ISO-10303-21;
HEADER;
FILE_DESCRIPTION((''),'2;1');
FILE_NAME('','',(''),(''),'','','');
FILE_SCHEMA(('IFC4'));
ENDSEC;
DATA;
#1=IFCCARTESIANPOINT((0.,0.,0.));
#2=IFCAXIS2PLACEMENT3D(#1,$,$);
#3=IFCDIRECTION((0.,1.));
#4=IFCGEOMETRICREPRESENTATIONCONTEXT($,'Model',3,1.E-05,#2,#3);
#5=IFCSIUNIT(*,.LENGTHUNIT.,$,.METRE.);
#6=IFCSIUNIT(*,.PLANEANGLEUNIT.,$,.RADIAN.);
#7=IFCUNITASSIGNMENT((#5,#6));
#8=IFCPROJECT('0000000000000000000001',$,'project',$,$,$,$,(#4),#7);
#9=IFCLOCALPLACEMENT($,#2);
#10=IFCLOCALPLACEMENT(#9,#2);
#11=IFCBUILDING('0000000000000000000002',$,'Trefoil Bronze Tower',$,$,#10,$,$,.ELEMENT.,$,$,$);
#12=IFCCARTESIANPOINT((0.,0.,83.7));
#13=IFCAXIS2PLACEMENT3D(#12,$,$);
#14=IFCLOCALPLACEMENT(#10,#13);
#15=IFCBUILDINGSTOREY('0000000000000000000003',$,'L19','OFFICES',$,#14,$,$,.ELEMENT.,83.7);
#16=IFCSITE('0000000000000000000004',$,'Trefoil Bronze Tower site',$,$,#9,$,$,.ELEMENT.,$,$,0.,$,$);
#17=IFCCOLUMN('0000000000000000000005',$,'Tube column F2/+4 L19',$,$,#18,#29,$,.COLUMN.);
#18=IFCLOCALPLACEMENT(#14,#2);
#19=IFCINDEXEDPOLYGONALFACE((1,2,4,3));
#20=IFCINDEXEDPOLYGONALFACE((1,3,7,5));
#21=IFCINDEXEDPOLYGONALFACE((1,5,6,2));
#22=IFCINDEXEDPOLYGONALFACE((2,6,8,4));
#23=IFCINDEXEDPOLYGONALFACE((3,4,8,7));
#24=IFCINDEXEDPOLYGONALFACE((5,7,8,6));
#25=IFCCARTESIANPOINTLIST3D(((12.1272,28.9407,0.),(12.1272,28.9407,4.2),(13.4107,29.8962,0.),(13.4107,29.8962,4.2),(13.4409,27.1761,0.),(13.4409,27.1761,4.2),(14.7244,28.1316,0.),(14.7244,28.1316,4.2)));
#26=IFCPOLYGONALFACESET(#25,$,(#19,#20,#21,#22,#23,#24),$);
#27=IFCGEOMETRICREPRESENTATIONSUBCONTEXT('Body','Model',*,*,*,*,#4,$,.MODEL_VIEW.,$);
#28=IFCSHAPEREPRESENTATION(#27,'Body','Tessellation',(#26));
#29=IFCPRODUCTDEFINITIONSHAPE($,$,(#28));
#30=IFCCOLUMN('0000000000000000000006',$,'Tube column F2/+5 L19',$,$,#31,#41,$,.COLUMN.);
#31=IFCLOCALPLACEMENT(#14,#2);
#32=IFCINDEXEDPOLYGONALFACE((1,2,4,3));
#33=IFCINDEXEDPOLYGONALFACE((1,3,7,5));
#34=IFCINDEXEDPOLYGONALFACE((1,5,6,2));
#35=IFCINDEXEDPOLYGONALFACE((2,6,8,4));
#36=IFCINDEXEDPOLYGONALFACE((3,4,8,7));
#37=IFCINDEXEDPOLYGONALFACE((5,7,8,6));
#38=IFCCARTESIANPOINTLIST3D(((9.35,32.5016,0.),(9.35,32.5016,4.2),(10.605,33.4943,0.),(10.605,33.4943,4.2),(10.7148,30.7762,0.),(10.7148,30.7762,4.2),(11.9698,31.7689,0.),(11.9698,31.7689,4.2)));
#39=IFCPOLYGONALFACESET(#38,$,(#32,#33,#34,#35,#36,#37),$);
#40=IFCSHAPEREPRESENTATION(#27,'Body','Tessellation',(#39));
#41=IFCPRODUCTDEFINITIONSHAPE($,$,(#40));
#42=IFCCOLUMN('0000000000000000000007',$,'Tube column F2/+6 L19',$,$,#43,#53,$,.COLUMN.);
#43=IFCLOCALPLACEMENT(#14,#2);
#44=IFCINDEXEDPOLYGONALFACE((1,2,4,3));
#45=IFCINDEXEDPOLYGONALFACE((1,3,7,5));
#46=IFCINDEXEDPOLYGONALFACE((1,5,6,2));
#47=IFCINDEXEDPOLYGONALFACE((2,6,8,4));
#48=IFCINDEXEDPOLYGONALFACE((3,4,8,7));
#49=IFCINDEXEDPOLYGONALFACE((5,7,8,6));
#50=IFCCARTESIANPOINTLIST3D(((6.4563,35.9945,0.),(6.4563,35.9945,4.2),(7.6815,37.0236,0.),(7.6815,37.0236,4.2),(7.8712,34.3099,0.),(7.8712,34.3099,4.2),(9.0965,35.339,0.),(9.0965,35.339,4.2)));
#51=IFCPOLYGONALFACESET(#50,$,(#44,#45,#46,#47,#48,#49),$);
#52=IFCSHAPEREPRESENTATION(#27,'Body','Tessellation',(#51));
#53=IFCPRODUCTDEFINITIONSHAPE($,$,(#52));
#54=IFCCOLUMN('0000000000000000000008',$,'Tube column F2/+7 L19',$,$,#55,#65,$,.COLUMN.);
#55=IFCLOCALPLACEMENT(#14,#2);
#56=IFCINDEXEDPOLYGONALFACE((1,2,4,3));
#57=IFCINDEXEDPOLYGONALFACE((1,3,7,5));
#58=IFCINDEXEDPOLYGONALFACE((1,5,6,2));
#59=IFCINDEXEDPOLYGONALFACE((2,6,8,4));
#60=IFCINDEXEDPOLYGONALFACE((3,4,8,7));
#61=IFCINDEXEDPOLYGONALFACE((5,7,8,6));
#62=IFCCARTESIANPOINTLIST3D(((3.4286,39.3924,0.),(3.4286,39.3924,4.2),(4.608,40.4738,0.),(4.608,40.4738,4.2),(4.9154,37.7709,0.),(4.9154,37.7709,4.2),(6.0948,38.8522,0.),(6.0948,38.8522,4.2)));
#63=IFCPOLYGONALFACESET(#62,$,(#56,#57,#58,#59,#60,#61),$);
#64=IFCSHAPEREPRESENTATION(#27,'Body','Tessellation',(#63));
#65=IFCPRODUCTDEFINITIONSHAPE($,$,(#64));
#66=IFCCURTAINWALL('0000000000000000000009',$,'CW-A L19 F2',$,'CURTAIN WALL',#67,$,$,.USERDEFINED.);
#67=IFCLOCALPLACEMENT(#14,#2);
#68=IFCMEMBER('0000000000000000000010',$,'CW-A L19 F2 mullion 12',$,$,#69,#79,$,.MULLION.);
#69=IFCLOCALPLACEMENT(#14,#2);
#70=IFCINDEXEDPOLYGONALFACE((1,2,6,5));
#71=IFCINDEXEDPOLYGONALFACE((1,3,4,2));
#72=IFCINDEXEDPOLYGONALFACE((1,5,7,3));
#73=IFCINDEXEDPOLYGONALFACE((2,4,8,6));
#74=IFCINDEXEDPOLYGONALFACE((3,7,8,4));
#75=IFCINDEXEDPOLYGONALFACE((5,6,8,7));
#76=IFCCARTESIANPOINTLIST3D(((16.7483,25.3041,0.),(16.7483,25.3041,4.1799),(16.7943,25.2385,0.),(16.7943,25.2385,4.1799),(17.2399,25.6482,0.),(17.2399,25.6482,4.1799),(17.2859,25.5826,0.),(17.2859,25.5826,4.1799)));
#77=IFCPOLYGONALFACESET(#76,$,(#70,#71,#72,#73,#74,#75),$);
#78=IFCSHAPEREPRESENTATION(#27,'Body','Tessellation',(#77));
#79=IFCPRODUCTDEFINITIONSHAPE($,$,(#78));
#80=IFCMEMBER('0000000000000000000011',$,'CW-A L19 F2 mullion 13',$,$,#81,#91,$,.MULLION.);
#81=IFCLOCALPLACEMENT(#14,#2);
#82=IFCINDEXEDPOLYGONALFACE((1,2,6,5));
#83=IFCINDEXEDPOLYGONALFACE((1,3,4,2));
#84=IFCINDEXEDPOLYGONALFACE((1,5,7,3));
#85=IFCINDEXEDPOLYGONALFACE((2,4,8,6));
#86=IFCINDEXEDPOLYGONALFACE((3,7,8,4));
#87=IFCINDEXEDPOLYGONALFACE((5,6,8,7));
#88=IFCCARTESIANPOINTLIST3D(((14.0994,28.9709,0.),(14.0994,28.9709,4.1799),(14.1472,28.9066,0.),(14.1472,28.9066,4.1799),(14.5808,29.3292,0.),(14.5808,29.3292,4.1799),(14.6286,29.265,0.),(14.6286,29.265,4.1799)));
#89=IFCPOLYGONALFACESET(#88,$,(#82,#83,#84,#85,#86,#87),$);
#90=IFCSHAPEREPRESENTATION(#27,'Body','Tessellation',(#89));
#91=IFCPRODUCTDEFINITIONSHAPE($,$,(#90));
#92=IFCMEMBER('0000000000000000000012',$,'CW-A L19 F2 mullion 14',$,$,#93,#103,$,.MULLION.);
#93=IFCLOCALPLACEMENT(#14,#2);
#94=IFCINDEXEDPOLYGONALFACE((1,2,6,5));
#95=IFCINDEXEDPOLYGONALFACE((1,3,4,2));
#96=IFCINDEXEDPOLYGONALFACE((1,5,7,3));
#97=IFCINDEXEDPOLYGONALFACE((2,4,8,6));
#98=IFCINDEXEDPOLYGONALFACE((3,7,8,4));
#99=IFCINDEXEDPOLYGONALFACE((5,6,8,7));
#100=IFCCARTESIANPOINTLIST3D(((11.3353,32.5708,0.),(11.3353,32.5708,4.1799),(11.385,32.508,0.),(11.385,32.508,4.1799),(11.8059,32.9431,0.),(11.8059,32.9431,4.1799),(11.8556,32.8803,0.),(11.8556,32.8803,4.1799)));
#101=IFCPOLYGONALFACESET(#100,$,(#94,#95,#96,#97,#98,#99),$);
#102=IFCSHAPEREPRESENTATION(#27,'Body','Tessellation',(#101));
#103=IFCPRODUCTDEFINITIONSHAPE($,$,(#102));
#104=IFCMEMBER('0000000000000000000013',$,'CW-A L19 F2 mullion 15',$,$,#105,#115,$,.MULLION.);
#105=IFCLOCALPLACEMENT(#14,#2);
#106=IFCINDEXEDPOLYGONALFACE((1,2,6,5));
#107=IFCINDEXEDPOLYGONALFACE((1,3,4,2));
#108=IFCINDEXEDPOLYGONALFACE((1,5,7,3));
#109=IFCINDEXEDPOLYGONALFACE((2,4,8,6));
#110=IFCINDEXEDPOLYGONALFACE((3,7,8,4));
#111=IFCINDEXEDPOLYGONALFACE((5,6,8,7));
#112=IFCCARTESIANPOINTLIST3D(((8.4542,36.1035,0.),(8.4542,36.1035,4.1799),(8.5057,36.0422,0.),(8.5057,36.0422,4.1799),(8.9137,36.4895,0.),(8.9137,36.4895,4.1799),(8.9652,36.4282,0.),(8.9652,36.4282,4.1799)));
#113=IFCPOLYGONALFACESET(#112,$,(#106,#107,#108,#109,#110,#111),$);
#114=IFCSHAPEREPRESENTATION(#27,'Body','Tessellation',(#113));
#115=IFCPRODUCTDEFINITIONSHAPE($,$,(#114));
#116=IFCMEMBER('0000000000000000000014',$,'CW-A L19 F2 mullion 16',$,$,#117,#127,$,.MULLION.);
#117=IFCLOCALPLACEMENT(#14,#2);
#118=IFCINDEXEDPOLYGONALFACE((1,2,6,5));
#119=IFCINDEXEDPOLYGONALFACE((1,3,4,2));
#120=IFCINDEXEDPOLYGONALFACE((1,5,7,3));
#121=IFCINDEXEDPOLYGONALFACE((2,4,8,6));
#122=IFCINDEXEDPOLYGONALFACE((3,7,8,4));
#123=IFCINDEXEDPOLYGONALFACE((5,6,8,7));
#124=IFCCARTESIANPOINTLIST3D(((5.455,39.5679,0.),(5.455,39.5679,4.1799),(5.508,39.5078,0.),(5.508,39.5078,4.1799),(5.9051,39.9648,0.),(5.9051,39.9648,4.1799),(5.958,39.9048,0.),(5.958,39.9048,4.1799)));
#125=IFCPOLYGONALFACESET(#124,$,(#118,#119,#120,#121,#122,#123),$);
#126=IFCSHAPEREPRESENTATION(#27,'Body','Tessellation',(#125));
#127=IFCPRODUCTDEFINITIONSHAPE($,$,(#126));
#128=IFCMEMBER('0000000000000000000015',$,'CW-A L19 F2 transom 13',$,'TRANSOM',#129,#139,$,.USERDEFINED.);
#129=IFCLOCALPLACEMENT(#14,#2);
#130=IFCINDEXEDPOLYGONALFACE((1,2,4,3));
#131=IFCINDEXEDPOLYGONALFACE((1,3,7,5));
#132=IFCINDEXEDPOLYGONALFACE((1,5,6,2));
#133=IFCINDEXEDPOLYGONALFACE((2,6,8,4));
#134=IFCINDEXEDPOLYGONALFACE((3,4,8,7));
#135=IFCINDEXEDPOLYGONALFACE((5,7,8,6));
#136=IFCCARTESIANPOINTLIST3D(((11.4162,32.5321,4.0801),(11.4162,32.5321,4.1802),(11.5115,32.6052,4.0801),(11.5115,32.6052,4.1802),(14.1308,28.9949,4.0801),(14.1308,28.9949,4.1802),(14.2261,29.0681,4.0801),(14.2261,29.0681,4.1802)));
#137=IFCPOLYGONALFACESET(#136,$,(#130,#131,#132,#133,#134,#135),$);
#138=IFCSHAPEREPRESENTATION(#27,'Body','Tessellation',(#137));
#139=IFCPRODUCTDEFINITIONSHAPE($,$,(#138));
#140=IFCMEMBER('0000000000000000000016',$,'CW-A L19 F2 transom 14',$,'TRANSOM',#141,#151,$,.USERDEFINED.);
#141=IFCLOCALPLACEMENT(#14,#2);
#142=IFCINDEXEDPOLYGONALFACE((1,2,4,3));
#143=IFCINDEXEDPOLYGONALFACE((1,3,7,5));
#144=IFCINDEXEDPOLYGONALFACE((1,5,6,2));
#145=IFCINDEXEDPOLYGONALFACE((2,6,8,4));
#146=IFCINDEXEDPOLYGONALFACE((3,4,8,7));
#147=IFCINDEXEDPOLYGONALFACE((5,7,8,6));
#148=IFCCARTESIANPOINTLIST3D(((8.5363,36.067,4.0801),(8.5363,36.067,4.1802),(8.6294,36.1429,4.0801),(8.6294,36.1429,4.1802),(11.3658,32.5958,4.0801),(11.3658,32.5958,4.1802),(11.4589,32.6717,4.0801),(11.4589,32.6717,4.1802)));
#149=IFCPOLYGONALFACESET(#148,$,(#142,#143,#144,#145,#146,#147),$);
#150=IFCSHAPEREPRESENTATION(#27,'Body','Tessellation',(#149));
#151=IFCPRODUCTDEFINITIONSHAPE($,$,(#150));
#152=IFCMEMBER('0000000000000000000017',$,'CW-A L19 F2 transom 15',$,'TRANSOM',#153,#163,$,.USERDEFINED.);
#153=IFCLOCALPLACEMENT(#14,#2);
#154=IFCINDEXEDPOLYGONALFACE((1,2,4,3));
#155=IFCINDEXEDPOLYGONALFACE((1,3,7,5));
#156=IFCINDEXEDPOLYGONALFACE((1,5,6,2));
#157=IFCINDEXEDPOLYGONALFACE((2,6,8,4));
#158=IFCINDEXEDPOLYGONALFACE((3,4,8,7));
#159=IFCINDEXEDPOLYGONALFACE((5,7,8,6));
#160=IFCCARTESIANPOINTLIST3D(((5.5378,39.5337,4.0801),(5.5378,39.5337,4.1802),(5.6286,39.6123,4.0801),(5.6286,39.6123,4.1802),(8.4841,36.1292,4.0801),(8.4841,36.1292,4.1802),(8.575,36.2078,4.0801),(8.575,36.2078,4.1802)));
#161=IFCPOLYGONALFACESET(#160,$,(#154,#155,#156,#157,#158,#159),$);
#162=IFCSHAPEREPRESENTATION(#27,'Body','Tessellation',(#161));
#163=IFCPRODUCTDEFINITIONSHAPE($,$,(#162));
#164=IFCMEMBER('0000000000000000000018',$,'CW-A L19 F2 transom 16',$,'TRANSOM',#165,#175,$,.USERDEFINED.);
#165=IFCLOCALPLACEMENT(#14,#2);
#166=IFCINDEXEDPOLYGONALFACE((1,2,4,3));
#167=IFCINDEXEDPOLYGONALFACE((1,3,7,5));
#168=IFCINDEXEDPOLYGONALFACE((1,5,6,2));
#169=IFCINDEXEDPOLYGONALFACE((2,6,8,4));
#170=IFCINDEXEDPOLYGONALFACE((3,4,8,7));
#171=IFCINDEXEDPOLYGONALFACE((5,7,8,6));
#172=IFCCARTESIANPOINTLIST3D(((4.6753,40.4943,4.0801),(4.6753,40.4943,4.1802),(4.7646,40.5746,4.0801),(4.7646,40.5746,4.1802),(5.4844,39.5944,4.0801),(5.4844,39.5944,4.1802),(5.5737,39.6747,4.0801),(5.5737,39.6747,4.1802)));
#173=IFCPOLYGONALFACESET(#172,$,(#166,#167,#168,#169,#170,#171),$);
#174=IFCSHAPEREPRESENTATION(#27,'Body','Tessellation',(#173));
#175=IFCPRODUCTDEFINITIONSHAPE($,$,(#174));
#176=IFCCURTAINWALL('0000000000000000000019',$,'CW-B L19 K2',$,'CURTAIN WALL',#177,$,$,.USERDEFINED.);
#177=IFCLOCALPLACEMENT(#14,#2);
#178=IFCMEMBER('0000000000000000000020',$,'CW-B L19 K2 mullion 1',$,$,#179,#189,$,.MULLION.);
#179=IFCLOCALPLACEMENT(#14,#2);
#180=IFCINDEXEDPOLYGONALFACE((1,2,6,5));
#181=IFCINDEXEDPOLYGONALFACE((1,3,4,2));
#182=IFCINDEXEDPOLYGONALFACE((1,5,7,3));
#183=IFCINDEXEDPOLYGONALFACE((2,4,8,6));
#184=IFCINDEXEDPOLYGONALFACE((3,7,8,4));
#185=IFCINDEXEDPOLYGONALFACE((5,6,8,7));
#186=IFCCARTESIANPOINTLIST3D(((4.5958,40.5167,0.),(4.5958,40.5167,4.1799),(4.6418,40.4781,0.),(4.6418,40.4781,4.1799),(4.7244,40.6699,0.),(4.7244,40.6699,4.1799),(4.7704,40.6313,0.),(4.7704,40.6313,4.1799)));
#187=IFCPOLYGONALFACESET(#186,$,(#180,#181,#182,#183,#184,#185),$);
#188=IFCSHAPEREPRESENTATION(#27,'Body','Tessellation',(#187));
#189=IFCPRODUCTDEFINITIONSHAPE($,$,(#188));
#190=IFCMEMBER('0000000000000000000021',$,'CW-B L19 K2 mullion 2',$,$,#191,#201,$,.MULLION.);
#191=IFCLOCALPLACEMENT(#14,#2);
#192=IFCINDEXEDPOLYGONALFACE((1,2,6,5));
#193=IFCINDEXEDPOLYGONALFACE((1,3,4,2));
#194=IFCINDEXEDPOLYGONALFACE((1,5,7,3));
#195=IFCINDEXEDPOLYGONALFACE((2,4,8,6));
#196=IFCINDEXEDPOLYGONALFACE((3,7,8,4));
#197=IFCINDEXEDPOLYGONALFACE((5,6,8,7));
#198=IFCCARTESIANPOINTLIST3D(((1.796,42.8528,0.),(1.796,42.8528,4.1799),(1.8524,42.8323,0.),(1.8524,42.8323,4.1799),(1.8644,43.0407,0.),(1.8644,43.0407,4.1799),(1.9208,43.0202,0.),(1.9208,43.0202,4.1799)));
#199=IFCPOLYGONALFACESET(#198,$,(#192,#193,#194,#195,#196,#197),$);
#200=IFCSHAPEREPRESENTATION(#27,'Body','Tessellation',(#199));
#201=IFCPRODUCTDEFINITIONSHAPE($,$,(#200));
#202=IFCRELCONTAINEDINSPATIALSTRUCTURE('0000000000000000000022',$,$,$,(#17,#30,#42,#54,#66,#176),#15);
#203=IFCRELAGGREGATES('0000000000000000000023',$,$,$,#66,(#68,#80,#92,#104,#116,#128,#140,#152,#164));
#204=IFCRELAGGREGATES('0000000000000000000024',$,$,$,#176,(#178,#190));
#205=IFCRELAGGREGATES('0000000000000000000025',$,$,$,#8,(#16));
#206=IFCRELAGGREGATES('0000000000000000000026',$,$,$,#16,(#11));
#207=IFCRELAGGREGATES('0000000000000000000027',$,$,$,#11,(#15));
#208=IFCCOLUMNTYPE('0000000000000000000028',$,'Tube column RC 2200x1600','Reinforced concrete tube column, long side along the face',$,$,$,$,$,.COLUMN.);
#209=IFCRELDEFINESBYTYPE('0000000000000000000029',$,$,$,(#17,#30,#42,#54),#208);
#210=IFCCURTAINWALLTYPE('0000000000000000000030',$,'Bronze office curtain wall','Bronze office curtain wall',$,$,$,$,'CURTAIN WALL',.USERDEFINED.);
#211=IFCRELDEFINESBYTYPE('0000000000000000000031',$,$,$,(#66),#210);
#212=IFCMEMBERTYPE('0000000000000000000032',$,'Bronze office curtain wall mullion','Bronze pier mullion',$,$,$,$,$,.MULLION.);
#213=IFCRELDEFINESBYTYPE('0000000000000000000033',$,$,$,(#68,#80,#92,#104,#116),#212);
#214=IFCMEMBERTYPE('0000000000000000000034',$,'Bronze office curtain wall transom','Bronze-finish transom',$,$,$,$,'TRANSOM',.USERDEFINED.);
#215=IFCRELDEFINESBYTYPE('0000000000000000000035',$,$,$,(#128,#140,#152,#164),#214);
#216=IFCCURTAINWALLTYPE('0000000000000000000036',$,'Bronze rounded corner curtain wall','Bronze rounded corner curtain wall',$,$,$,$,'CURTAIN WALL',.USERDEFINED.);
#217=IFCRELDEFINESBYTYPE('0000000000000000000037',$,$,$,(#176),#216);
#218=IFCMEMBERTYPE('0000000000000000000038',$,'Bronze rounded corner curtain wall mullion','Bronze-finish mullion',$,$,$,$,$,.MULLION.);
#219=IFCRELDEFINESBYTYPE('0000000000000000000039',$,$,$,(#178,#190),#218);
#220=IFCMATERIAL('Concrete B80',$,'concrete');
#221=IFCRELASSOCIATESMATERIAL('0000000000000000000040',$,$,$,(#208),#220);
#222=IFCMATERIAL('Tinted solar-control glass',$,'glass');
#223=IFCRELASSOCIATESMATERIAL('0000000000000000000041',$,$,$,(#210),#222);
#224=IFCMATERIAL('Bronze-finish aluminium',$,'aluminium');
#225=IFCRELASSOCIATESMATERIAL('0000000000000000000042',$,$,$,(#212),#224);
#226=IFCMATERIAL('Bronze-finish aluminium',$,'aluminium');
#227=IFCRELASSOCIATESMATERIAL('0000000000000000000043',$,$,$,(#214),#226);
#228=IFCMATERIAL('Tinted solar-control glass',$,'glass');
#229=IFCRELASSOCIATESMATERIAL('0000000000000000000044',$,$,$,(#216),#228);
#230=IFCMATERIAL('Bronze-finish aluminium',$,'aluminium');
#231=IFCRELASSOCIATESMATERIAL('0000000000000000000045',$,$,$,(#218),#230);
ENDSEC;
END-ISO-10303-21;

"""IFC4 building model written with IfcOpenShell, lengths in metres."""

from ifc_helpers import new_model, si_unit, direction, frame, origin, origin_2d, place, context, subcontext, project, spatial, rectangle, extrude, material, material_profile, profile_set, type_object, element, aggregate, save


model = new_model("IFC4")

# Units and contexts
model_context = context("Model", 3, precision=1e-05, world=origin(), true_north=direction((0.0, 1.0)))
body_context = subcontext(model_context, "Body", "Model", "MODEL_VIEW")
ifc_project = project(units=[si_unit("LENGTHUNIT", "METRE"), si_unit("PLANEANGLEUNIT", "RADIAN")], contexts=[model_context])

# Site, building, storey
site_placement = place(None, origin())
site = spatial("IfcSite", under=ifc_project, at=site_placement, Name="Trefoil Bronze Tower site", CompositionType="ELEMENT", RefElevation=0.0)
building_placement = place(site_placement, origin())
building = spatial("IfcBuilding", under=site, at=building_placement, Name="Trefoil Bronze Tower", CompositionType="ELEMENT")
storey_placement = place(building_placement, frame((0.0, 0.0, 83.7)))
storey = spatial("IfcBuildingStorey", under=building, at=storey_placement, Name="L19", Description="OFFICES", CompositionType="ELEMENT", Elevation=83.7)

# Columns
ifc_material_1 = material(Name="Concrete B80", Category="concrete")
ifc_material_profile_1 = material_profile(ifc_material_1, rectangle(XDim=2.2, YDim=1.6001, at=origin_2d()), Name="RC 2200x1600")
ifc_profile_set_1 = profile_set([ifc_material_profile_1], Name="Concrete B80")
column_type = type_object("IfcColumnType", Name="Tube column RC 2200x1600", Description="Reinforced concrete tube column, long side along the face", PredefinedType="COLUMN", material=ifc_profile_set_1)
for number, where, z_axis, x_axis, name in (
    (1, (13.4258, 28.5361, 0.0), (0.0, 0.0, 1.0), (-0.597154, 0.802127, 0.0), "Tube column F2/+4 L19"),
    (2, (10.6599, 32.1353, 0.0), (0.0, 0.0, 1.0), (-0.620376, 0.784305, 0.0), "Tube column F2/+5 L19"),
    (3, (7.7764, 35.6667, 0.0), (0.0, 0.0, 1.0), (-0.643163, 0.765729, 0.0), "Tube column F2/+6 L19"),
    (4, (4.7617, 39.1223, 0.0), (0.0, 0.0, 1.0), (-0.675816, 0.73707, 0.0), "Tube column F2/+7 L19"),
):
    element("IfcColumn", number, at=place(storey_placement, frame(where, z_axis=z_axis, x_axis=x_axis)), inside=storey, type_object=column_type, Name=name, PredefinedType="COLUMN", context=body_context, shape_type="SweptSolid", body=[
        extrude(rectangle(XDim=2.2, YDim=1.6001, at=origin_2d()), origin(), (0.0, 0.0, 1.0), 4.2),
    ])

# Curtain walls, members
ifc_material_2 = material(Name="Tinted solar-control glass", Category="glass")
curtain_wall_type_1 = type_object("IfcCurtainWallType", Name="Bronze office curtain wall", Description="Bronze office curtain wall", ElementType="CURTAIN WALL", PredefinedType="USERDEFINED", material=ifc_material_2)
curtain_wall_1_placement = place(storey_placement, origin())
curtain_wall_1 = element("IfcCurtainWall", 5, at=curtain_wall_1_placement, inside=storey, type_object=curtain_wall_type_1, Name="CW-A L19 F2", ObjectType="CURTAIN WALL", PredefinedType="USERDEFINED")
ifc_material_3 = material(Name="Bronze-finish aluminium", Category="aluminium")
ifc_material_profile_2 = material_profile(ifc_material_3, rectangle(XDim=0.6001, YDim=0.0801, at=origin_2d()), Name="CW-A mullion")
ifc_profile_set_2 = profile_set([ifc_material_profile_2], Name="Bronze-finish aluminium")
member_type_1 = type_object("IfcMemberType", Name="Bronze office curtain wall mullion", Description="Bronze pier mullion", PredefinedType="MULLION", material=ifc_profile_set_2)
member_1_placement = place(storey_placement, frame((17.0171, 25.4434, 0.0), z_axis=(0.0, 0.0, 1.0), x_axis=(-0.819204, -0.573502, 0.0)))
member_1 = element("IfcMember", 6, at=member_1_placement, type_object=member_type_1, Name="CW-A L19 F2 mullion 12", PredefinedType="MULLION", context=body_context, shape_type="SweptSolid", body=[
    extrude(rectangle(XDim=0.6001, YDim=0.0801, at=origin_2d()), origin(), (0.0, 0.0, 1.0), 4.1799),
])
member_2_placement = place(storey_placement, frame((14.364, 29.1179, 0.0), z_axis=(0.0, 0.0, 1.0), x_axis=(-0.802127, -0.597154, 0.0)))
member_2 = element("IfcMember", 7, at=member_2_placement, type_object=member_type_1, Name="CW-A L19 F2 mullion 13", PredefinedType="MULLION", context=body_context, shape_type="SweptSolid", body=[
    extrude(rectangle(XDim=0.6001, YDim=0.0801, at=origin_2d()), origin(), (0.0, 0.0, 1.0), 4.1799),
])
member_3_placement = place(storey_placement, frame((11.5955, 32.7256, 0.0), z_axis=(0.0, 0.0, 1.0), x_axis=(-0.784305, -0.620376, 0.0)))
member_3 = element("IfcMember", 8, at=member_3_placement, type_object=member_type_1, Name="CW-A L19 F2 mullion 14", PredefinedType="MULLION", context=body_context, shape_type="SweptSolid", body=[
    extrude(rectangle(XDim=0.6001, YDim=0.0801, at=origin_2d()), origin(), (0.0, 0.0, 1.0), 4.1799),
])
member_4_placement = place(storey_placement, frame((8.7097, 36.2659, 0.0), z_axis=(0.0, 0.0, 1.0), x_axis=(-0.765729, -0.643163, 0.0)))
member_4 = element("IfcMember", 9, at=member_4_placement, type_object=member_type_1, Name="CW-A L19 F2 mullion 15", PredefinedType="MULLION", context=body_context, shape_type="SweptSolid", body=[
    extrude(rectangle(XDim=0.6001, YDim=0.0801, at=origin_2d()), origin(), (0.0, 0.0, 1.0), 4.1799),
])
member_5_placement = place(storey_placement, frame((5.7065, 39.7363, 0.0), z_axis=(0.0, 0.0, 1.0), x_axis=(-0.749941, -0.661505, 0.0)))
member_5 = element("IfcMember", 10, at=member_5_placement, type_object=member_type_1, Name="CW-A L19 F2 mullion 16", PredefinedType="MULLION", context=body_context, shape_type="SweptSolid", body=[
    extrude(rectangle(XDim=0.6001, YDim=0.0801, at=origin_2d()), origin(), (0.0, 0.0, 1.0), 4.1799),
])
ifc_material_4 = material(Name="Bronze-finish aluminium", Category="aluminium")
ifc_material_profile_3 = material_profile(ifc_material_4, rectangle(XDim=0.1201, YDim=0.1001, at=origin_2d()), Name="CW-A transom")
ifc_profile_set_3 = profile_set([ifc_material_profile_3], Name="Bronze-finish aluminium")
member_type_2 = type_object("IfcMemberType", Name="Bronze office curtain wall transom", Description="Bronze-finish transom", ElementType="TRANSOM", PredefinedType="USERDEFINED", material=ifc_profile_set_3)
member_6_placement = place(storey_placement, frame((14.1785, 29.0315, 4.1301), z_axis=(-0.608829, 0.793301, 0.0), x_axis=(-0.793301, -0.608829, 0.0)))
member_6 = element("IfcMember", 11, at=member_6_placement, type_object=member_type_2, Name="CW-A L19 F2 transom 13", ObjectType="TRANSOM", PredefinedType="USERDEFINED", context=body_context, shape_type="SweptSolid", body=[
    extrude(rectangle(XDim=0.1201, YDim=0.1001, at=origin_2d()), origin(), (0.0, 0.0, 1.0), 4.4587),
])
member_7_placement = place(storey_placement, frame((11.4124, 32.6338, 4.1301), z_axis=(-0.631836, 0.775102, 0.0), x_axis=(-0.775102, -0.631836, 0.0)))
member_7 = element("IfcMember", 12, at=member_7_placement, type_object=member_type_2, Name="CW-A L19 F2 transom 14", ObjectType="TRANSOM", PredefinedType="USERDEFINED", context=body_context, shape_type="SweptSolid", body=[
    extrude(rectangle(XDim=0.1201, YDim=0.1001, at=origin_2d()), origin(), (0.0, 0.0, 1.0), 4.4783),
])
member_8_placement = place(storey_placement, frame((8.5295, 36.1685, 4.1301), z_axis=(-0.654383, 0.756163, 0.0), x_axis=(-0.756163, -0.654383, 0.0)))
member_8 = element("IfcMember", 13, at=member_8_placement, type_object=member_type_2, Name="CW-A L19 F2 transom 15", ObjectType="TRANSOM", PredefinedType="USERDEFINED", context=body_context, shape_type="SweptSolid", body=[
    extrude(rectangle(XDim=0.1201, YDim=0.1001, at=origin_2d()), origin(), (0.0, 0.0, 1.0), 4.5024),
])
member_9_placement = place(storey_placement, frame((5.5291, 39.6345, 4.1301), z_axis=(-0.668586, 0.743635, 0.0), x_axis=(-0.743635, -0.668586, 0.0)))
member_9 = element("IfcMember", 14, at=member_9_placement, type_object=member_type_2, Name="CW-A L19 F2 transom 16", ObjectType="TRANSOM", PredefinedType="USERDEFINED", context=body_context, shape_type="SweptSolid", body=[
    extrude(rectangle(XDim=0.1201, YDim=0.1001, at=origin_2d()), origin(), (0.0, 0.0, 1.0), 1.2102),
])
ifc_material_5 = material(Name="Tinted solar-control glass", Category="glass")
curtain_wall_type_2 = type_object("IfcCurtainWallType", Name="Bronze rounded corner curtain wall", Description="Bronze rounded corner curtain wall", ElementType="CURTAIN WALL", PredefinedType="USERDEFINED", material=ifc_material_5)
curtain_wall_2_placement = place(storey_placement, origin())
curtain_wall_2 = element("IfcCurtainWall", 15, at=curtain_wall_2_placement, inside=storey, type_object=curtain_wall_type_2, Name="CW-B L19 K2", ObjectType="CURTAIN WALL", PredefinedType="USERDEFINED")
ifc_material_6 = material(Name="Bronze-finish aluminium", Category="aluminium")
ifc_material_profile_4 = material_profile(ifc_material_6, rectangle(XDim=0.2, YDim=0.0601, at=origin_2d()), Name="CW-B mullion")
ifc_profile_set_4 = profile_set([ifc_material_profile_4], Name="Bronze-finish aluminium")
member_type_3 = type_object("IfcMemberType", Name="Bronze rounded corner curtain wall mullion", Description="Bronze-finish mullion", PredefinedType="MULLION", material=ifc_profile_set_4)
member_10_placement = place(storey_placement, frame((4.6831, 40.574, 0.0), z_axis=(0.0, 0.0, 1.0), x_axis=(-0.642788, -0.766044, 0.0)))
member_10 = element("IfcMember", 16, at=member_10_placement, type_object=member_type_3, Name="CW-B L19 K2 mullion 1", PredefinedType="MULLION", context=body_context, shape_type="SweptSolid", body=[
    extrude(rectangle(XDim=0.2, YDim=0.0601, at=origin_2d()), origin(), (0.0, 0.0, 1.0), 4.1799),
])
member_11_placement = place(storey_placement, frame((1.8584, 42.9365, 0.0), z_axis=(0.0, 0.0, 1.0), x_axis=(-0.34202, -0.939693, 0.0)))
member_11 = element("IfcMember", 17, at=member_11_placement, type_object=member_type_3, Name="CW-B L19 K2 mullion 2", PredefinedType="MULLION", context=body_context, shape_type="SweptSolid", body=[
    extrude(rectangle(XDim=0.2, YDim=0.0601, at=origin_2d()), origin(), (0.0, 0.0, 1.0), 4.1799),
])

aggregate(curtain_wall_1, [member_1, member_2, member_3, member_4, member_5, member_6, member_7, member_8, member_9])
aggregate(curtain_wall_2, [member_10, member_11])

save(model, "model.ifc")
